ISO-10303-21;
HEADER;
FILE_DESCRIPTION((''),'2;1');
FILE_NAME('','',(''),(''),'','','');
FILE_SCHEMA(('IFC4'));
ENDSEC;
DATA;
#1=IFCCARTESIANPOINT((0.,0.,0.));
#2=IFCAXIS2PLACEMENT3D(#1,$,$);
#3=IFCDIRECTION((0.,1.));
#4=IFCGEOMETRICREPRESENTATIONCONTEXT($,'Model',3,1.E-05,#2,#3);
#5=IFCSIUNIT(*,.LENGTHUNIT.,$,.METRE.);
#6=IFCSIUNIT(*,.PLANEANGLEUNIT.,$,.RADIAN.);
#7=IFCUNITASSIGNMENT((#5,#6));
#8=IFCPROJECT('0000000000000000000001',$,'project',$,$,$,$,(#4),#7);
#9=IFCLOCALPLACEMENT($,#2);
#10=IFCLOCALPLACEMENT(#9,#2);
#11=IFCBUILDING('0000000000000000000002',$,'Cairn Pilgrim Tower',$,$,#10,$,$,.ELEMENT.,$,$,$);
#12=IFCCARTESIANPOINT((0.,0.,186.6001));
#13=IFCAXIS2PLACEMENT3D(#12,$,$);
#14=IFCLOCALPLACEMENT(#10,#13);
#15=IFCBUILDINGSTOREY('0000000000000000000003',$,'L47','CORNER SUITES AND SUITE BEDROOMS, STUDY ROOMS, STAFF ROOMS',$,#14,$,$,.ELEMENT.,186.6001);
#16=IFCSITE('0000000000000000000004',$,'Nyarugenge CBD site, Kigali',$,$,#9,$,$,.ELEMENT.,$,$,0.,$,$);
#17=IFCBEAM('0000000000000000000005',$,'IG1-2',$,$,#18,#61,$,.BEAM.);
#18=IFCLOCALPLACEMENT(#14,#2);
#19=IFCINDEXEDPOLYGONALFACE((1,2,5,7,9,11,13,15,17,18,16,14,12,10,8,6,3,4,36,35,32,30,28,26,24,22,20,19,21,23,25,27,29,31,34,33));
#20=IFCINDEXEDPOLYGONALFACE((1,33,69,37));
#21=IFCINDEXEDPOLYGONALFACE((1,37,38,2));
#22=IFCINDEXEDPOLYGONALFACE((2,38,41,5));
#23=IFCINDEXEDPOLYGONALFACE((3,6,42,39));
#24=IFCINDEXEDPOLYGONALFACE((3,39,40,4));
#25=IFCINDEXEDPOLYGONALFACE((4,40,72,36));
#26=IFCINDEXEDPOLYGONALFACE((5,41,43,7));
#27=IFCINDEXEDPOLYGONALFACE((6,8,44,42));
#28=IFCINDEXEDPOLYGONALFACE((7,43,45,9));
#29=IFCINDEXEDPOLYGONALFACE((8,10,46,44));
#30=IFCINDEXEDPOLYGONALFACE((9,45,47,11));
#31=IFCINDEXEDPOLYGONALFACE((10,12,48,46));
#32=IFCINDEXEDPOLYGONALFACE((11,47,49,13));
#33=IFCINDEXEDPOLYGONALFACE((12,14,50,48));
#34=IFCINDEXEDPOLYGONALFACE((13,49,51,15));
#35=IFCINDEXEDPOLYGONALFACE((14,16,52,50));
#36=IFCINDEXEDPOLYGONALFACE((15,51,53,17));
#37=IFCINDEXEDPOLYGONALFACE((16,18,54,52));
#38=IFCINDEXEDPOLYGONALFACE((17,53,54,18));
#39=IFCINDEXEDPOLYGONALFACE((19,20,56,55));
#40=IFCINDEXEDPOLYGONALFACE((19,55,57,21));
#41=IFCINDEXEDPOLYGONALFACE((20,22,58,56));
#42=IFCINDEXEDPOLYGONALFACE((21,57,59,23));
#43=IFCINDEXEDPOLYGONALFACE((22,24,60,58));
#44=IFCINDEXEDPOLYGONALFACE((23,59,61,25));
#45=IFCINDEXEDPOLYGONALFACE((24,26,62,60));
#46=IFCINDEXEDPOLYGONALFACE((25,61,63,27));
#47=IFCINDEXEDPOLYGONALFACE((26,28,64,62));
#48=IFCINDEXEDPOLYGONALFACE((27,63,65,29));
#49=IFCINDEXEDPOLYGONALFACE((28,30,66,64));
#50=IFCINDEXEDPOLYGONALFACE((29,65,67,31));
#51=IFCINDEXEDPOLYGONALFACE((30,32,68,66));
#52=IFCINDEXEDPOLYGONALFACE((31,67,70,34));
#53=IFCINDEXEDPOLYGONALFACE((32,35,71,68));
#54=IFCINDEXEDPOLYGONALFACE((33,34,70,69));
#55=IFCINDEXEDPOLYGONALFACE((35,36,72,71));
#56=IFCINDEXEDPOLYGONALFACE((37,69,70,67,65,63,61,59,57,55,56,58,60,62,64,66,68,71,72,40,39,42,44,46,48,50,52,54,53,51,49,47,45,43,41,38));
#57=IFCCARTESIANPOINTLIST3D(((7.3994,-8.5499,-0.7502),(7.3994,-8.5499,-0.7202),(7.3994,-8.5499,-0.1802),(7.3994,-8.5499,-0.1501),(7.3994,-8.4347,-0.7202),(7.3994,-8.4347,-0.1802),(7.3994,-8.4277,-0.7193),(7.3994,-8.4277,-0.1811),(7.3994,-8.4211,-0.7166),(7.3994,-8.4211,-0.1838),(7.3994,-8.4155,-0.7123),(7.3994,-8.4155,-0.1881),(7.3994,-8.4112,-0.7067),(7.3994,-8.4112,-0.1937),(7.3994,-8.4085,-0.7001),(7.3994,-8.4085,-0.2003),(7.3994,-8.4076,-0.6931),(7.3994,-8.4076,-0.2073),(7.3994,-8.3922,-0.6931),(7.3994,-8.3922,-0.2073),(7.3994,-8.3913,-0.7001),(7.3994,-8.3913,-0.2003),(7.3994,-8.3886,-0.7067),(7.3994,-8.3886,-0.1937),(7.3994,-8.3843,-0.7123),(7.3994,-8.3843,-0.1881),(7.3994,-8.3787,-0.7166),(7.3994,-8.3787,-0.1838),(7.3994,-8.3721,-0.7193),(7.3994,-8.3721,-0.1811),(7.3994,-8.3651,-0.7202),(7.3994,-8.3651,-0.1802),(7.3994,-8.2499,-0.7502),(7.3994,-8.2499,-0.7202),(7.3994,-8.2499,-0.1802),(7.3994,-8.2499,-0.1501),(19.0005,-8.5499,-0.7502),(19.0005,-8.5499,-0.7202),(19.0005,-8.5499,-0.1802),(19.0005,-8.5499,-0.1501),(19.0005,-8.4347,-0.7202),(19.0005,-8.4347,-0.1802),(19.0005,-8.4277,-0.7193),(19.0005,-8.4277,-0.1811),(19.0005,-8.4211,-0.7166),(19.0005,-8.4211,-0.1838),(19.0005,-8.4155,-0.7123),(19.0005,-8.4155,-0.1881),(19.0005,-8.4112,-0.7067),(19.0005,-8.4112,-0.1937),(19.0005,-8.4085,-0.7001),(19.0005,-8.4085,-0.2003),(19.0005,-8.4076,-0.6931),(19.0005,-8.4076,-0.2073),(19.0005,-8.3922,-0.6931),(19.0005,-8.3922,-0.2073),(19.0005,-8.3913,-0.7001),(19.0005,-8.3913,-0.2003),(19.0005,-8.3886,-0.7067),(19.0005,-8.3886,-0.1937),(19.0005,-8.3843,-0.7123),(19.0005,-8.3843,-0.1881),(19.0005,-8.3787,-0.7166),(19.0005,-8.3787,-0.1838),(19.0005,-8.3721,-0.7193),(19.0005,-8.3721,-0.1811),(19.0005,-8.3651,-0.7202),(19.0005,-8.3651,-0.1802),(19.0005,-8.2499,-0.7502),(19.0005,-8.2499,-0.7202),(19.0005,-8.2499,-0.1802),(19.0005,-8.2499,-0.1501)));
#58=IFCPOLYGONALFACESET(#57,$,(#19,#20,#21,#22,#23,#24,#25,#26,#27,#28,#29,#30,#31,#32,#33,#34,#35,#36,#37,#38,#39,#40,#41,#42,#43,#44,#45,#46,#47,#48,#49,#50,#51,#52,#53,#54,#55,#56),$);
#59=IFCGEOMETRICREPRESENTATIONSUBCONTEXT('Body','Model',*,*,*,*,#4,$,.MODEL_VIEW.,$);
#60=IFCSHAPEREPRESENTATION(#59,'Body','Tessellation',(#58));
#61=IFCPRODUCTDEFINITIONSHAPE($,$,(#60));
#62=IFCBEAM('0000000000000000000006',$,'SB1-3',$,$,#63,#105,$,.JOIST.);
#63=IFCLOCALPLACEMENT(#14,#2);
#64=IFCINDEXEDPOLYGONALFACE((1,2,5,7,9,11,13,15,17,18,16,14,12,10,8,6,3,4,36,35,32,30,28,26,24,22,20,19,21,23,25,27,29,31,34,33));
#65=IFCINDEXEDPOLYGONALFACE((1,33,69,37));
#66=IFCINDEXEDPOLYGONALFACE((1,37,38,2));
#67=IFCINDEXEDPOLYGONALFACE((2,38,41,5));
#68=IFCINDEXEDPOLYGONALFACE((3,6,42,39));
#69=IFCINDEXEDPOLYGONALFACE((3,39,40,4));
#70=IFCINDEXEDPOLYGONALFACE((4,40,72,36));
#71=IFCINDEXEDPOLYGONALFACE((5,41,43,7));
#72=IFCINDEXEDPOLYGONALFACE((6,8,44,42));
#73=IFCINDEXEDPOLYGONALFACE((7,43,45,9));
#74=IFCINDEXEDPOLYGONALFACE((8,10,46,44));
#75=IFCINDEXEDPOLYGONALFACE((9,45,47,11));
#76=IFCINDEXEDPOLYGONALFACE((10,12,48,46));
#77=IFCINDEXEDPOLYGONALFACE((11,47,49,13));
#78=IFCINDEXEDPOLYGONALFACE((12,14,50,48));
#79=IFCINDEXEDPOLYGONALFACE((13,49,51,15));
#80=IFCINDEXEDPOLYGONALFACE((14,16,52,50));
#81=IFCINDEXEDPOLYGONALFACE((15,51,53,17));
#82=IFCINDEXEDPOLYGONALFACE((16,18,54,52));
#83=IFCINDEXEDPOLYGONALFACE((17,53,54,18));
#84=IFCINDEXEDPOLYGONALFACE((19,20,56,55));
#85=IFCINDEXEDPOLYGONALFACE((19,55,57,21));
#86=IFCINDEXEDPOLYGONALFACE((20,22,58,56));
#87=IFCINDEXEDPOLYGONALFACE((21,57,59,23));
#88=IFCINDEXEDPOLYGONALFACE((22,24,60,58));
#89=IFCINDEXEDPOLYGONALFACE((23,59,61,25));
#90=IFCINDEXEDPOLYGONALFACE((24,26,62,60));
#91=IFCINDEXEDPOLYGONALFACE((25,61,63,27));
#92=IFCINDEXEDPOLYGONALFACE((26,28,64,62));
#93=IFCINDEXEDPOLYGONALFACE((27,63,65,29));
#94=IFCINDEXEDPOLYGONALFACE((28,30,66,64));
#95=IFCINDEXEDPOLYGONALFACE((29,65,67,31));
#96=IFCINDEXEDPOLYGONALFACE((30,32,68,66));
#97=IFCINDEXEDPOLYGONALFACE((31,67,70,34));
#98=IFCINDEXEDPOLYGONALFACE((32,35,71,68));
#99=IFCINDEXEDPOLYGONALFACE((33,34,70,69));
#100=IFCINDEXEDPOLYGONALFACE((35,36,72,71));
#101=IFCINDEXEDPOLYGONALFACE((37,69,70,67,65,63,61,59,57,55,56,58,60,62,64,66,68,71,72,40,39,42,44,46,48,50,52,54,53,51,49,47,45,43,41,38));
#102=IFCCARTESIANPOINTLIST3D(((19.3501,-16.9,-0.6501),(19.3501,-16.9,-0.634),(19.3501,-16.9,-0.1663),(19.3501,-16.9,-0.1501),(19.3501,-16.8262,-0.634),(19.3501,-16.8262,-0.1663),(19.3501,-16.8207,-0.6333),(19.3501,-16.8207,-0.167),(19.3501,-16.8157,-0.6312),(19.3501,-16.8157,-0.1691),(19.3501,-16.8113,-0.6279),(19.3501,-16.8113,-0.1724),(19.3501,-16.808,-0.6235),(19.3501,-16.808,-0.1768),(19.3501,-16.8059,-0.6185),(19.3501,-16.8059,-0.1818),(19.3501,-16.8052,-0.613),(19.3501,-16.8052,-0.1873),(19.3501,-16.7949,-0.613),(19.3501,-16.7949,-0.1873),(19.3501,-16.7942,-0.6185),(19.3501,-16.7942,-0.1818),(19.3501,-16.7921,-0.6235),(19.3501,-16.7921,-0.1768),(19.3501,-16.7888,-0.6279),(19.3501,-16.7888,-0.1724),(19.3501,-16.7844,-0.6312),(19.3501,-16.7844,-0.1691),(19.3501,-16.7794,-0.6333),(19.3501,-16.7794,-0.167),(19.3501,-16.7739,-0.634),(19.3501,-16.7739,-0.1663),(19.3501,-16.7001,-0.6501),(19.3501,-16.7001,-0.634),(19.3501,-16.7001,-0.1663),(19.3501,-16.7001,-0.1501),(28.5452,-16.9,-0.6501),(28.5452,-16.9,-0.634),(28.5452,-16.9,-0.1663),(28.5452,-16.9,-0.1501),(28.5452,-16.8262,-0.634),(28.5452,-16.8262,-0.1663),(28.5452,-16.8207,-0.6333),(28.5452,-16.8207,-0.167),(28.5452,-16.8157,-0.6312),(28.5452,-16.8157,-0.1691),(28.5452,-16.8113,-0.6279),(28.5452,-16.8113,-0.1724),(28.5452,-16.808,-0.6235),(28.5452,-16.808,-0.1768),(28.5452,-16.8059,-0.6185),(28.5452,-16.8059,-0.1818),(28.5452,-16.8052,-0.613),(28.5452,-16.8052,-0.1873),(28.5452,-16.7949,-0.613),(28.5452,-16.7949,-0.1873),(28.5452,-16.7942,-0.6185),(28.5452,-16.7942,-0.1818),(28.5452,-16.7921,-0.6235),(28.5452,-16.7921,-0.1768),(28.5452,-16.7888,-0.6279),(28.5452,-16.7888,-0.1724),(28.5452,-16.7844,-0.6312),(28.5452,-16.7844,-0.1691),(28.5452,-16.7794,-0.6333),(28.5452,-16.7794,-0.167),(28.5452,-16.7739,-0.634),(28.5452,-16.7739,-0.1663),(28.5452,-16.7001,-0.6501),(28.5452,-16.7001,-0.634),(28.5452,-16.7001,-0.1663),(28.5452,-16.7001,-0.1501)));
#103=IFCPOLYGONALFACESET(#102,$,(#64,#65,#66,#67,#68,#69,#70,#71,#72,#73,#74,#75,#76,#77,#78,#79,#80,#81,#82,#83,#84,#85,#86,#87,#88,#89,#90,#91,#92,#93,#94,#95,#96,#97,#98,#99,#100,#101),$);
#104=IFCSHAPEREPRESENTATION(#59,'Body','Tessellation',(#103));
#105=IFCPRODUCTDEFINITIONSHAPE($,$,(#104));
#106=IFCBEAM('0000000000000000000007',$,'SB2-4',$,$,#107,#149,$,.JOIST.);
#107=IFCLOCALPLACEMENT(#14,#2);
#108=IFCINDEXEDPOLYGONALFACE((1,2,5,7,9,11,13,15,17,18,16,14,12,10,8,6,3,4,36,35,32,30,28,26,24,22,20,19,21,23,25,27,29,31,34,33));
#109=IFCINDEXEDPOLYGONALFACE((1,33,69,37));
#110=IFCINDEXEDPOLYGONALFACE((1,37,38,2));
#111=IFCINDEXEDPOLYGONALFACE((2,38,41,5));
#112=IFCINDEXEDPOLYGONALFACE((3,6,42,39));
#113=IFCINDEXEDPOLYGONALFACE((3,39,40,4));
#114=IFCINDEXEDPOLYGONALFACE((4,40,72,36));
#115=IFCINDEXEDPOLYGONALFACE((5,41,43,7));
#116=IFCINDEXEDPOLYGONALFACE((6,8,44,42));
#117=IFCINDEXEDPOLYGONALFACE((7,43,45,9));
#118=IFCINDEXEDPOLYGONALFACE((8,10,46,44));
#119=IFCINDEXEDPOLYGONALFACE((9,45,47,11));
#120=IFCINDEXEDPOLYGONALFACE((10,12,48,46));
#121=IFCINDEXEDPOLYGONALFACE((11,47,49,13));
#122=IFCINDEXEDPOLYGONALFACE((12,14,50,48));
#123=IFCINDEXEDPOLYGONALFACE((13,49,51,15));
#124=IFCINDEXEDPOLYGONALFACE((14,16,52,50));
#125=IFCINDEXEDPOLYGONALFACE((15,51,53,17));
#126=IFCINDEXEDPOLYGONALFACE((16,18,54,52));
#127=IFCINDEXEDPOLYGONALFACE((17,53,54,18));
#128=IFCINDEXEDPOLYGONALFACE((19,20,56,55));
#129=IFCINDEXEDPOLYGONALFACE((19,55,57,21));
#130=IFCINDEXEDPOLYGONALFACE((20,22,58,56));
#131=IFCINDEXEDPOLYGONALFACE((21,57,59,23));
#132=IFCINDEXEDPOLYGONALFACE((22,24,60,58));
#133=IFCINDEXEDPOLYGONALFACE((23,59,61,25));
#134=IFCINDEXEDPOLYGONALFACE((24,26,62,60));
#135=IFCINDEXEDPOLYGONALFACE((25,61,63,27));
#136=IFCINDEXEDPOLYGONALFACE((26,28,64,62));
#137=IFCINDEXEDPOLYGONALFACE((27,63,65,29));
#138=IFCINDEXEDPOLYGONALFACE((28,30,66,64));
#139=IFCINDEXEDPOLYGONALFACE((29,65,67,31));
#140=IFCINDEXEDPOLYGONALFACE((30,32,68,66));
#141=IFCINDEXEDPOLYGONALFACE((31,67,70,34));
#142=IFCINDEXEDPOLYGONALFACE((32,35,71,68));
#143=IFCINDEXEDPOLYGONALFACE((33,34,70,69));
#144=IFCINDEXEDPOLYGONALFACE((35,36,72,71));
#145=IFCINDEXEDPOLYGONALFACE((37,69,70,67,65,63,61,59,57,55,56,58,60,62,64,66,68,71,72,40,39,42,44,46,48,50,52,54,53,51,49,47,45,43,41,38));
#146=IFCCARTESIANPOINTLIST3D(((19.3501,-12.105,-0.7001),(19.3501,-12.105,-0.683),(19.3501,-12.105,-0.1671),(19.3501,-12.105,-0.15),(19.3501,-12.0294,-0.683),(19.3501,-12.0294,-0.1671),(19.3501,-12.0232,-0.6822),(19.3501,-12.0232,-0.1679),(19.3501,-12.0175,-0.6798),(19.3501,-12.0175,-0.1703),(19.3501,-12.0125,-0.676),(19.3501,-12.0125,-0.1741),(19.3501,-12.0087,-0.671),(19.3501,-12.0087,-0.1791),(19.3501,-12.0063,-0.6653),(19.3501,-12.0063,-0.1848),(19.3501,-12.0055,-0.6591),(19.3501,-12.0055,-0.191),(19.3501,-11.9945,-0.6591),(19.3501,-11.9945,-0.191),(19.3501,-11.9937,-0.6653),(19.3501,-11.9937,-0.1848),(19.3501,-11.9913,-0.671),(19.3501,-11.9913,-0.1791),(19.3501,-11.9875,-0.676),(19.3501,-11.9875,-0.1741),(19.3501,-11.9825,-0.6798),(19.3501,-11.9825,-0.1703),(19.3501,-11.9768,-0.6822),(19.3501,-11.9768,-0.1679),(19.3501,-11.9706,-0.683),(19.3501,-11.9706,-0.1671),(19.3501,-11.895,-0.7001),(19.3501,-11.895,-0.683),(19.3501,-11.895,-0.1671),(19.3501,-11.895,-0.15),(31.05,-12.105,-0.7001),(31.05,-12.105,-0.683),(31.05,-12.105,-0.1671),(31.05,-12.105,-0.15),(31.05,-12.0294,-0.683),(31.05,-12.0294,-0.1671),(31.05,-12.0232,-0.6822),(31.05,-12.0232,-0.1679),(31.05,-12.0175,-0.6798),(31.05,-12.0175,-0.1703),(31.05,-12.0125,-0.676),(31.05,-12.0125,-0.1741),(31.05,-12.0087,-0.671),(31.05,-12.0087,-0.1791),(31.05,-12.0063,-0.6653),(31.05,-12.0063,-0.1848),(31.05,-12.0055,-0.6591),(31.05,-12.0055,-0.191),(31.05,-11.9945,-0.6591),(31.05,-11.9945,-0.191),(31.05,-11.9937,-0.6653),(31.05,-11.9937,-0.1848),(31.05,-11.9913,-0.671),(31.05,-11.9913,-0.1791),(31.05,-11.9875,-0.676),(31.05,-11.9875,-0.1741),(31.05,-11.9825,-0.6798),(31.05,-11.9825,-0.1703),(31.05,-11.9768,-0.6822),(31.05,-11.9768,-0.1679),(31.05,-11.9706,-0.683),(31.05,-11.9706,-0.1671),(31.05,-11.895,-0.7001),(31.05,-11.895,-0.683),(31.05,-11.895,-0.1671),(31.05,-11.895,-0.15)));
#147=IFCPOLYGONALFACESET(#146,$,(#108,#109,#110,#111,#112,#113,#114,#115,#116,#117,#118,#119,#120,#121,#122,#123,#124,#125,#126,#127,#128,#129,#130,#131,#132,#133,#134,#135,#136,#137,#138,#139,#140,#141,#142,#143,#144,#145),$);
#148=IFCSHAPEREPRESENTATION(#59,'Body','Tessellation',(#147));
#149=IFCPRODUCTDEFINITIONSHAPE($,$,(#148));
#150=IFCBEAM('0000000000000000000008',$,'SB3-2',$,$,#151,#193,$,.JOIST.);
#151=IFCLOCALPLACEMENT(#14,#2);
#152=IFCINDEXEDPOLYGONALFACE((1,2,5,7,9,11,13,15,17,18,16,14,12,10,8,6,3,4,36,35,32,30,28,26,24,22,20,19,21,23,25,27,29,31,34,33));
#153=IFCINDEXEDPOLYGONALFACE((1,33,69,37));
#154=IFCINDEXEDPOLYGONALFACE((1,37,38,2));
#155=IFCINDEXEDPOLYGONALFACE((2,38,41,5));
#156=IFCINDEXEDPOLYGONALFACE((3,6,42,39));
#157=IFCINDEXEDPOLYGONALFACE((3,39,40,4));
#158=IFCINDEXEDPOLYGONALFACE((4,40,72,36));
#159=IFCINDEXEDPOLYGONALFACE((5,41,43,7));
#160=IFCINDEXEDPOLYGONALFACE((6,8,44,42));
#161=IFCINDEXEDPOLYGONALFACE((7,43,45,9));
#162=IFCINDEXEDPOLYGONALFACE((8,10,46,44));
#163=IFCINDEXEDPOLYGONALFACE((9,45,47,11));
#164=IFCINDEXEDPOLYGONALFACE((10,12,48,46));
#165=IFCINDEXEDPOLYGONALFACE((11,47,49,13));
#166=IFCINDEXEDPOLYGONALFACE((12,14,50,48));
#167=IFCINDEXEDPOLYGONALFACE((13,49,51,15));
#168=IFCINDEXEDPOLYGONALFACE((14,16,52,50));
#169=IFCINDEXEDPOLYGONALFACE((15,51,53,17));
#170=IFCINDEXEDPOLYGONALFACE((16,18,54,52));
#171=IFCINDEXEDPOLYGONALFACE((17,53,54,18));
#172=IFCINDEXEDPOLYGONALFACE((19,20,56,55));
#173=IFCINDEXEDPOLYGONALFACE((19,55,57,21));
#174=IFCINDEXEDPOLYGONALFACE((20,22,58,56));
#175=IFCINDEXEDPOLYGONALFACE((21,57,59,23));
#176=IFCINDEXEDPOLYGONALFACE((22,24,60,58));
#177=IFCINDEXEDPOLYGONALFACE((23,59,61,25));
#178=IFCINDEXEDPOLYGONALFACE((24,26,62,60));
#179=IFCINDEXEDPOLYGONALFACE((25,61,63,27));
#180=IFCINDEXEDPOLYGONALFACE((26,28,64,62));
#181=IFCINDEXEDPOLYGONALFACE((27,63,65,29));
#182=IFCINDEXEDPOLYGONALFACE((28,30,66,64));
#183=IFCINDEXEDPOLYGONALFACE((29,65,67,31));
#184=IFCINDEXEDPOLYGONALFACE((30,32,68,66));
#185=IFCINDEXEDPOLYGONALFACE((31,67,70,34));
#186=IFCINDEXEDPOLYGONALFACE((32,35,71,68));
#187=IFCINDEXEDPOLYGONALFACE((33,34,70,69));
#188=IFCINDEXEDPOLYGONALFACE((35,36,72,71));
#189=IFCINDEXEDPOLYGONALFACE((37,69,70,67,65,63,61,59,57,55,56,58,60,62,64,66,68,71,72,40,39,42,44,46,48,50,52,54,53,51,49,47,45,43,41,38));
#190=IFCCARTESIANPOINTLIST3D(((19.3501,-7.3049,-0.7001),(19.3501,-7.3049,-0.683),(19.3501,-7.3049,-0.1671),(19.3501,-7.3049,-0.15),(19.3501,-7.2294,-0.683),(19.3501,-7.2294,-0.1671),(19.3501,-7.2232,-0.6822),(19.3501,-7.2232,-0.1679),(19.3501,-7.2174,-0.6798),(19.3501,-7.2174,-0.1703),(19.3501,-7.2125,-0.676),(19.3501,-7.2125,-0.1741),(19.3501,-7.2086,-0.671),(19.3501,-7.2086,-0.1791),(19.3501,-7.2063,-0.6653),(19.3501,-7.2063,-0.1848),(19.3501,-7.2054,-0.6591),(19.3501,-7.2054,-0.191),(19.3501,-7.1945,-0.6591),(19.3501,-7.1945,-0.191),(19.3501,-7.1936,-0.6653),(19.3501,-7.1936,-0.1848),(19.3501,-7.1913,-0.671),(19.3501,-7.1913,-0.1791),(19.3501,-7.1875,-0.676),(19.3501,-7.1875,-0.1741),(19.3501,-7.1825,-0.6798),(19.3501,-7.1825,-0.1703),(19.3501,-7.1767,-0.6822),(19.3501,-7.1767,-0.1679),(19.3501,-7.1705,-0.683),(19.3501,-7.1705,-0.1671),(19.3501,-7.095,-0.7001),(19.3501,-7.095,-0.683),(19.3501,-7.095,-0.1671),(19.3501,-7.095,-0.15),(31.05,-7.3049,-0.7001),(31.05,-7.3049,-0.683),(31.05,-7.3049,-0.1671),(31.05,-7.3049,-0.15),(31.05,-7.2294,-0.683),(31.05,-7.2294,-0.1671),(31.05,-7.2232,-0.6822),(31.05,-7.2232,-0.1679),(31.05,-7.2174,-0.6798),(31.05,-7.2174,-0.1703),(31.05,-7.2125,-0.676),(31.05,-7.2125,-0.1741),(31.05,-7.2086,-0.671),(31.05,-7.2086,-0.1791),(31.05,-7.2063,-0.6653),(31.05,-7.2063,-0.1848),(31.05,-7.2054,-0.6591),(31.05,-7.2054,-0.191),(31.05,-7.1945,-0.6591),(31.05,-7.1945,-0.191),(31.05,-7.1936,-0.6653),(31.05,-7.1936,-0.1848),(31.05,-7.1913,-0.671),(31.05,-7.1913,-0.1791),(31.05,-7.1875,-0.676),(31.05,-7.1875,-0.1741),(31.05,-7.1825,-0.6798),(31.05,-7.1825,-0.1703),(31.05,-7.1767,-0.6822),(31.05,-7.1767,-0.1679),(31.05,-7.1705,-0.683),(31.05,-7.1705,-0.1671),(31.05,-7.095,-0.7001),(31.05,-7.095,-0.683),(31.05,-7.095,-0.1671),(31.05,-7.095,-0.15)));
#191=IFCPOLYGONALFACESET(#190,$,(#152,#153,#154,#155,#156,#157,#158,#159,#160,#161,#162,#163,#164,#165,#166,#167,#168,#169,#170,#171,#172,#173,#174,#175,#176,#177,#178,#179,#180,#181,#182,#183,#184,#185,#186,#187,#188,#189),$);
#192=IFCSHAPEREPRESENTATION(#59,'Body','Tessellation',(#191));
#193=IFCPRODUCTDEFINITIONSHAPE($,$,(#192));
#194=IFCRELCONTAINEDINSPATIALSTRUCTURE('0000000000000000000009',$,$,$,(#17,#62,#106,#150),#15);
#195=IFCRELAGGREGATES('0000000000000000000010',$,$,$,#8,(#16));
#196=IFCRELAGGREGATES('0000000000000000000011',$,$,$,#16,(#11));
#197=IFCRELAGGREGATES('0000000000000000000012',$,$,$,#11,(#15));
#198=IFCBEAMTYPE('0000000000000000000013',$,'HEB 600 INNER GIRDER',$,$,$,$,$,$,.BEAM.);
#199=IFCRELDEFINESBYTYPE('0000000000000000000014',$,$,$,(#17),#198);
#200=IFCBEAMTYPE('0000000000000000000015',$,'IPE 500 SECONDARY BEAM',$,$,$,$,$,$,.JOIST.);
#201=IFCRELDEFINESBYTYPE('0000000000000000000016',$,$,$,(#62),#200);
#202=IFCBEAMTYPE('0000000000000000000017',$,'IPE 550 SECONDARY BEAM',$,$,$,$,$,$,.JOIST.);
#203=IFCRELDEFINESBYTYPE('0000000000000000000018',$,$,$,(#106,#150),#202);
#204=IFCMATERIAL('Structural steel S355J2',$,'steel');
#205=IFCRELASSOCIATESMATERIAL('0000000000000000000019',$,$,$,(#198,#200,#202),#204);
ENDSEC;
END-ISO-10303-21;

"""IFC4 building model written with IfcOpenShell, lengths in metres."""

from ifc_helpers import new_model, si_unit, direction, frame, origin, origin_2d, place, context, subcontext, project, spatial, i_section, extrude, material, material_profile, profile_set, type_object, element, save


model = new_model("IFC4")

# Units and contexts
model_context = context("Model", 3, precision=1e-05, world=origin(), true_north=direction((0.0, 1.0)))
body_context = subcontext(model_context, "Body", "Model", "MODEL_VIEW")
ifc_project = project(units=[si_unit("LENGTHUNIT", "METRE"), si_unit("PLANEANGLEUNIT", "RADIAN")], contexts=[model_context])

# Site, building, storey
site_placement = place(None, origin())
site = spatial("IfcSite", under=ifc_project, at=site_placement, Name="Nyarugenge CBD site, Kigali", CompositionType="ELEMENT", RefElevation=0.0)
building_placement = place(site_placement, origin())
building = spatial("IfcBuilding", under=site, at=building_placement, Name="Cairn Pilgrim Tower", CompositionType="ELEMENT")
storey_placement = place(building_placement, frame((0.0, 0.0, 186.6001)))
storey = spatial("IfcBuildingStorey", under=building, at=storey_placement, Name="L47", Description="CORNER SUITES AND SUITE BEDROOMS, STUDY ROOMS, STAFF ROOMS", CompositionType="ELEMENT", Elevation=186.6001)

# Shared definitions
ifc_material_1 = material(Name="Structural steel S355J2", Category="steel")

# Beams
ifc_material_profile_1 = material_profile(ifc_material_1, i_section(OverallWidth=0.3, OverallDepth=0.6001, WebThickness=0.0154, FlangeThickness=0.03, FilletRadius=0.0271, at=origin_2d()), Name="HEB 600")
ifc_profile_set_1 = profile_set([ifc_material_profile_1], Name="Structural steel S355J2")
beam_type_1 = type_object("IfcBeamType", Name="HEB 600 INNER GIRDER", PredefinedType="BEAM", material=ifc_profile_set_1)
beam_1_placement = place(storey_placement, frame((7.3994, -8.3999, -0.4502), z_axis=(1.0, 0.0, 0.0), x_axis=(0.0, 1.0, 0.0)))
element("IfcBeam", 1, at=beam_1_placement, inside=storey, type_object=beam_type_1, Name="IG1-2", PredefinedType="BEAM", context=body_context, shape_type="SweptSolid", body=[
    extrude(i_section(OverallWidth=0.3, OverallDepth=0.6001, WebThickness=0.0154, FlangeThickness=0.03, FilletRadius=0.0271, at=origin_2d()), origin(), (0.0, 0.0, 1.0), 11.6011),
])
ifc_material_profile_2 = material_profile(ifc_material_1, i_section(OverallWidth=0.2, OverallDepth=0.5, WebThickness=0.0103, FlangeThickness=0.0161, FilletRadius=0.021, at=origin_2d()), Name="IPE 500")
ifc_profile_set_2 = profile_set([ifc_material_profile_2], Name="Structural steel S355J2")
beam_type_2 = type_object("IfcBeamType", Name="IPE 500 SECONDARY BEAM", PredefinedType="JOIST", material=ifc_profile_set_2)
beam_2_placement = place(storey_placement, frame((19.3501, -16.8, -0.4001), z_axis=(1.0, 0.0, 0.0), x_axis=(0.0, 1.0, 0.0)))
element("IfcBeam", 2, at=beam_2_placement, inside=storey, type_object=beam_type_2, Name="SB1-3", PredefinedType="JOIST", context=body_context, shape_type="SweptSolid", body=[
    extrude(i_section(OverallWidth=0.2, OverallDepth=0.5, WebThickness=0.0103, FlangeThickness=0.0161, FilletRadius=0.021, at=origin_2d()), origin(), (0.0, 0.0, 1.0), 9.1951),
])
ifc_material_profile_3 = material_profile(ifc_material_1, i_section(OverallWidth=0.21, OverallDepth=0.55, WebThickness=0.011, FlangeThickness=0.0171, FilletRadius=0.0239, at=origin_2d()), Name="IPE 550")
ifc_profile_set_3 = profile_set([ifc_material_profile_3], Name="Structural steel S355J2")
beam_type_3 = type_object("IfcBeamType", Name="IPE 550 SECONDARY BEAM", PredefinedType="JOIST", material=ifc_profile_set_3)
for number, where, z_axis, x_axis, name in (
    (3, (19.3501, -12.0, -0.425), (1.0, 0.0, 0.0), (0.0, 1.0, 0.0), "SB2-4"),
    (4, (19.3501, -7.2, -0.425), (1.0, 0.0, 0.0), (0.0, 1.0, 0.0), "SB3-2"),
):
    element("IfcBeam", number, at=place(storey_placement, frame(where, z_axis=z_axis, x_axis=x_axis)), inside=storey, type_object=beam_type_3, Name=name, PredefinedType="JOIST", context=body_context, shape_type="SweptSolid", body=[
        extrude(i_section(OverallWidth=0.21, OverallDepth=0.55, WebThickness=0.011, FlangeThickness=0.0171, FilletRadius=0.0239, at=origin_2d()), origin(), (0.0, 0.0, 1.0), 11.7),
    ])

save(model, "model.ifc")
